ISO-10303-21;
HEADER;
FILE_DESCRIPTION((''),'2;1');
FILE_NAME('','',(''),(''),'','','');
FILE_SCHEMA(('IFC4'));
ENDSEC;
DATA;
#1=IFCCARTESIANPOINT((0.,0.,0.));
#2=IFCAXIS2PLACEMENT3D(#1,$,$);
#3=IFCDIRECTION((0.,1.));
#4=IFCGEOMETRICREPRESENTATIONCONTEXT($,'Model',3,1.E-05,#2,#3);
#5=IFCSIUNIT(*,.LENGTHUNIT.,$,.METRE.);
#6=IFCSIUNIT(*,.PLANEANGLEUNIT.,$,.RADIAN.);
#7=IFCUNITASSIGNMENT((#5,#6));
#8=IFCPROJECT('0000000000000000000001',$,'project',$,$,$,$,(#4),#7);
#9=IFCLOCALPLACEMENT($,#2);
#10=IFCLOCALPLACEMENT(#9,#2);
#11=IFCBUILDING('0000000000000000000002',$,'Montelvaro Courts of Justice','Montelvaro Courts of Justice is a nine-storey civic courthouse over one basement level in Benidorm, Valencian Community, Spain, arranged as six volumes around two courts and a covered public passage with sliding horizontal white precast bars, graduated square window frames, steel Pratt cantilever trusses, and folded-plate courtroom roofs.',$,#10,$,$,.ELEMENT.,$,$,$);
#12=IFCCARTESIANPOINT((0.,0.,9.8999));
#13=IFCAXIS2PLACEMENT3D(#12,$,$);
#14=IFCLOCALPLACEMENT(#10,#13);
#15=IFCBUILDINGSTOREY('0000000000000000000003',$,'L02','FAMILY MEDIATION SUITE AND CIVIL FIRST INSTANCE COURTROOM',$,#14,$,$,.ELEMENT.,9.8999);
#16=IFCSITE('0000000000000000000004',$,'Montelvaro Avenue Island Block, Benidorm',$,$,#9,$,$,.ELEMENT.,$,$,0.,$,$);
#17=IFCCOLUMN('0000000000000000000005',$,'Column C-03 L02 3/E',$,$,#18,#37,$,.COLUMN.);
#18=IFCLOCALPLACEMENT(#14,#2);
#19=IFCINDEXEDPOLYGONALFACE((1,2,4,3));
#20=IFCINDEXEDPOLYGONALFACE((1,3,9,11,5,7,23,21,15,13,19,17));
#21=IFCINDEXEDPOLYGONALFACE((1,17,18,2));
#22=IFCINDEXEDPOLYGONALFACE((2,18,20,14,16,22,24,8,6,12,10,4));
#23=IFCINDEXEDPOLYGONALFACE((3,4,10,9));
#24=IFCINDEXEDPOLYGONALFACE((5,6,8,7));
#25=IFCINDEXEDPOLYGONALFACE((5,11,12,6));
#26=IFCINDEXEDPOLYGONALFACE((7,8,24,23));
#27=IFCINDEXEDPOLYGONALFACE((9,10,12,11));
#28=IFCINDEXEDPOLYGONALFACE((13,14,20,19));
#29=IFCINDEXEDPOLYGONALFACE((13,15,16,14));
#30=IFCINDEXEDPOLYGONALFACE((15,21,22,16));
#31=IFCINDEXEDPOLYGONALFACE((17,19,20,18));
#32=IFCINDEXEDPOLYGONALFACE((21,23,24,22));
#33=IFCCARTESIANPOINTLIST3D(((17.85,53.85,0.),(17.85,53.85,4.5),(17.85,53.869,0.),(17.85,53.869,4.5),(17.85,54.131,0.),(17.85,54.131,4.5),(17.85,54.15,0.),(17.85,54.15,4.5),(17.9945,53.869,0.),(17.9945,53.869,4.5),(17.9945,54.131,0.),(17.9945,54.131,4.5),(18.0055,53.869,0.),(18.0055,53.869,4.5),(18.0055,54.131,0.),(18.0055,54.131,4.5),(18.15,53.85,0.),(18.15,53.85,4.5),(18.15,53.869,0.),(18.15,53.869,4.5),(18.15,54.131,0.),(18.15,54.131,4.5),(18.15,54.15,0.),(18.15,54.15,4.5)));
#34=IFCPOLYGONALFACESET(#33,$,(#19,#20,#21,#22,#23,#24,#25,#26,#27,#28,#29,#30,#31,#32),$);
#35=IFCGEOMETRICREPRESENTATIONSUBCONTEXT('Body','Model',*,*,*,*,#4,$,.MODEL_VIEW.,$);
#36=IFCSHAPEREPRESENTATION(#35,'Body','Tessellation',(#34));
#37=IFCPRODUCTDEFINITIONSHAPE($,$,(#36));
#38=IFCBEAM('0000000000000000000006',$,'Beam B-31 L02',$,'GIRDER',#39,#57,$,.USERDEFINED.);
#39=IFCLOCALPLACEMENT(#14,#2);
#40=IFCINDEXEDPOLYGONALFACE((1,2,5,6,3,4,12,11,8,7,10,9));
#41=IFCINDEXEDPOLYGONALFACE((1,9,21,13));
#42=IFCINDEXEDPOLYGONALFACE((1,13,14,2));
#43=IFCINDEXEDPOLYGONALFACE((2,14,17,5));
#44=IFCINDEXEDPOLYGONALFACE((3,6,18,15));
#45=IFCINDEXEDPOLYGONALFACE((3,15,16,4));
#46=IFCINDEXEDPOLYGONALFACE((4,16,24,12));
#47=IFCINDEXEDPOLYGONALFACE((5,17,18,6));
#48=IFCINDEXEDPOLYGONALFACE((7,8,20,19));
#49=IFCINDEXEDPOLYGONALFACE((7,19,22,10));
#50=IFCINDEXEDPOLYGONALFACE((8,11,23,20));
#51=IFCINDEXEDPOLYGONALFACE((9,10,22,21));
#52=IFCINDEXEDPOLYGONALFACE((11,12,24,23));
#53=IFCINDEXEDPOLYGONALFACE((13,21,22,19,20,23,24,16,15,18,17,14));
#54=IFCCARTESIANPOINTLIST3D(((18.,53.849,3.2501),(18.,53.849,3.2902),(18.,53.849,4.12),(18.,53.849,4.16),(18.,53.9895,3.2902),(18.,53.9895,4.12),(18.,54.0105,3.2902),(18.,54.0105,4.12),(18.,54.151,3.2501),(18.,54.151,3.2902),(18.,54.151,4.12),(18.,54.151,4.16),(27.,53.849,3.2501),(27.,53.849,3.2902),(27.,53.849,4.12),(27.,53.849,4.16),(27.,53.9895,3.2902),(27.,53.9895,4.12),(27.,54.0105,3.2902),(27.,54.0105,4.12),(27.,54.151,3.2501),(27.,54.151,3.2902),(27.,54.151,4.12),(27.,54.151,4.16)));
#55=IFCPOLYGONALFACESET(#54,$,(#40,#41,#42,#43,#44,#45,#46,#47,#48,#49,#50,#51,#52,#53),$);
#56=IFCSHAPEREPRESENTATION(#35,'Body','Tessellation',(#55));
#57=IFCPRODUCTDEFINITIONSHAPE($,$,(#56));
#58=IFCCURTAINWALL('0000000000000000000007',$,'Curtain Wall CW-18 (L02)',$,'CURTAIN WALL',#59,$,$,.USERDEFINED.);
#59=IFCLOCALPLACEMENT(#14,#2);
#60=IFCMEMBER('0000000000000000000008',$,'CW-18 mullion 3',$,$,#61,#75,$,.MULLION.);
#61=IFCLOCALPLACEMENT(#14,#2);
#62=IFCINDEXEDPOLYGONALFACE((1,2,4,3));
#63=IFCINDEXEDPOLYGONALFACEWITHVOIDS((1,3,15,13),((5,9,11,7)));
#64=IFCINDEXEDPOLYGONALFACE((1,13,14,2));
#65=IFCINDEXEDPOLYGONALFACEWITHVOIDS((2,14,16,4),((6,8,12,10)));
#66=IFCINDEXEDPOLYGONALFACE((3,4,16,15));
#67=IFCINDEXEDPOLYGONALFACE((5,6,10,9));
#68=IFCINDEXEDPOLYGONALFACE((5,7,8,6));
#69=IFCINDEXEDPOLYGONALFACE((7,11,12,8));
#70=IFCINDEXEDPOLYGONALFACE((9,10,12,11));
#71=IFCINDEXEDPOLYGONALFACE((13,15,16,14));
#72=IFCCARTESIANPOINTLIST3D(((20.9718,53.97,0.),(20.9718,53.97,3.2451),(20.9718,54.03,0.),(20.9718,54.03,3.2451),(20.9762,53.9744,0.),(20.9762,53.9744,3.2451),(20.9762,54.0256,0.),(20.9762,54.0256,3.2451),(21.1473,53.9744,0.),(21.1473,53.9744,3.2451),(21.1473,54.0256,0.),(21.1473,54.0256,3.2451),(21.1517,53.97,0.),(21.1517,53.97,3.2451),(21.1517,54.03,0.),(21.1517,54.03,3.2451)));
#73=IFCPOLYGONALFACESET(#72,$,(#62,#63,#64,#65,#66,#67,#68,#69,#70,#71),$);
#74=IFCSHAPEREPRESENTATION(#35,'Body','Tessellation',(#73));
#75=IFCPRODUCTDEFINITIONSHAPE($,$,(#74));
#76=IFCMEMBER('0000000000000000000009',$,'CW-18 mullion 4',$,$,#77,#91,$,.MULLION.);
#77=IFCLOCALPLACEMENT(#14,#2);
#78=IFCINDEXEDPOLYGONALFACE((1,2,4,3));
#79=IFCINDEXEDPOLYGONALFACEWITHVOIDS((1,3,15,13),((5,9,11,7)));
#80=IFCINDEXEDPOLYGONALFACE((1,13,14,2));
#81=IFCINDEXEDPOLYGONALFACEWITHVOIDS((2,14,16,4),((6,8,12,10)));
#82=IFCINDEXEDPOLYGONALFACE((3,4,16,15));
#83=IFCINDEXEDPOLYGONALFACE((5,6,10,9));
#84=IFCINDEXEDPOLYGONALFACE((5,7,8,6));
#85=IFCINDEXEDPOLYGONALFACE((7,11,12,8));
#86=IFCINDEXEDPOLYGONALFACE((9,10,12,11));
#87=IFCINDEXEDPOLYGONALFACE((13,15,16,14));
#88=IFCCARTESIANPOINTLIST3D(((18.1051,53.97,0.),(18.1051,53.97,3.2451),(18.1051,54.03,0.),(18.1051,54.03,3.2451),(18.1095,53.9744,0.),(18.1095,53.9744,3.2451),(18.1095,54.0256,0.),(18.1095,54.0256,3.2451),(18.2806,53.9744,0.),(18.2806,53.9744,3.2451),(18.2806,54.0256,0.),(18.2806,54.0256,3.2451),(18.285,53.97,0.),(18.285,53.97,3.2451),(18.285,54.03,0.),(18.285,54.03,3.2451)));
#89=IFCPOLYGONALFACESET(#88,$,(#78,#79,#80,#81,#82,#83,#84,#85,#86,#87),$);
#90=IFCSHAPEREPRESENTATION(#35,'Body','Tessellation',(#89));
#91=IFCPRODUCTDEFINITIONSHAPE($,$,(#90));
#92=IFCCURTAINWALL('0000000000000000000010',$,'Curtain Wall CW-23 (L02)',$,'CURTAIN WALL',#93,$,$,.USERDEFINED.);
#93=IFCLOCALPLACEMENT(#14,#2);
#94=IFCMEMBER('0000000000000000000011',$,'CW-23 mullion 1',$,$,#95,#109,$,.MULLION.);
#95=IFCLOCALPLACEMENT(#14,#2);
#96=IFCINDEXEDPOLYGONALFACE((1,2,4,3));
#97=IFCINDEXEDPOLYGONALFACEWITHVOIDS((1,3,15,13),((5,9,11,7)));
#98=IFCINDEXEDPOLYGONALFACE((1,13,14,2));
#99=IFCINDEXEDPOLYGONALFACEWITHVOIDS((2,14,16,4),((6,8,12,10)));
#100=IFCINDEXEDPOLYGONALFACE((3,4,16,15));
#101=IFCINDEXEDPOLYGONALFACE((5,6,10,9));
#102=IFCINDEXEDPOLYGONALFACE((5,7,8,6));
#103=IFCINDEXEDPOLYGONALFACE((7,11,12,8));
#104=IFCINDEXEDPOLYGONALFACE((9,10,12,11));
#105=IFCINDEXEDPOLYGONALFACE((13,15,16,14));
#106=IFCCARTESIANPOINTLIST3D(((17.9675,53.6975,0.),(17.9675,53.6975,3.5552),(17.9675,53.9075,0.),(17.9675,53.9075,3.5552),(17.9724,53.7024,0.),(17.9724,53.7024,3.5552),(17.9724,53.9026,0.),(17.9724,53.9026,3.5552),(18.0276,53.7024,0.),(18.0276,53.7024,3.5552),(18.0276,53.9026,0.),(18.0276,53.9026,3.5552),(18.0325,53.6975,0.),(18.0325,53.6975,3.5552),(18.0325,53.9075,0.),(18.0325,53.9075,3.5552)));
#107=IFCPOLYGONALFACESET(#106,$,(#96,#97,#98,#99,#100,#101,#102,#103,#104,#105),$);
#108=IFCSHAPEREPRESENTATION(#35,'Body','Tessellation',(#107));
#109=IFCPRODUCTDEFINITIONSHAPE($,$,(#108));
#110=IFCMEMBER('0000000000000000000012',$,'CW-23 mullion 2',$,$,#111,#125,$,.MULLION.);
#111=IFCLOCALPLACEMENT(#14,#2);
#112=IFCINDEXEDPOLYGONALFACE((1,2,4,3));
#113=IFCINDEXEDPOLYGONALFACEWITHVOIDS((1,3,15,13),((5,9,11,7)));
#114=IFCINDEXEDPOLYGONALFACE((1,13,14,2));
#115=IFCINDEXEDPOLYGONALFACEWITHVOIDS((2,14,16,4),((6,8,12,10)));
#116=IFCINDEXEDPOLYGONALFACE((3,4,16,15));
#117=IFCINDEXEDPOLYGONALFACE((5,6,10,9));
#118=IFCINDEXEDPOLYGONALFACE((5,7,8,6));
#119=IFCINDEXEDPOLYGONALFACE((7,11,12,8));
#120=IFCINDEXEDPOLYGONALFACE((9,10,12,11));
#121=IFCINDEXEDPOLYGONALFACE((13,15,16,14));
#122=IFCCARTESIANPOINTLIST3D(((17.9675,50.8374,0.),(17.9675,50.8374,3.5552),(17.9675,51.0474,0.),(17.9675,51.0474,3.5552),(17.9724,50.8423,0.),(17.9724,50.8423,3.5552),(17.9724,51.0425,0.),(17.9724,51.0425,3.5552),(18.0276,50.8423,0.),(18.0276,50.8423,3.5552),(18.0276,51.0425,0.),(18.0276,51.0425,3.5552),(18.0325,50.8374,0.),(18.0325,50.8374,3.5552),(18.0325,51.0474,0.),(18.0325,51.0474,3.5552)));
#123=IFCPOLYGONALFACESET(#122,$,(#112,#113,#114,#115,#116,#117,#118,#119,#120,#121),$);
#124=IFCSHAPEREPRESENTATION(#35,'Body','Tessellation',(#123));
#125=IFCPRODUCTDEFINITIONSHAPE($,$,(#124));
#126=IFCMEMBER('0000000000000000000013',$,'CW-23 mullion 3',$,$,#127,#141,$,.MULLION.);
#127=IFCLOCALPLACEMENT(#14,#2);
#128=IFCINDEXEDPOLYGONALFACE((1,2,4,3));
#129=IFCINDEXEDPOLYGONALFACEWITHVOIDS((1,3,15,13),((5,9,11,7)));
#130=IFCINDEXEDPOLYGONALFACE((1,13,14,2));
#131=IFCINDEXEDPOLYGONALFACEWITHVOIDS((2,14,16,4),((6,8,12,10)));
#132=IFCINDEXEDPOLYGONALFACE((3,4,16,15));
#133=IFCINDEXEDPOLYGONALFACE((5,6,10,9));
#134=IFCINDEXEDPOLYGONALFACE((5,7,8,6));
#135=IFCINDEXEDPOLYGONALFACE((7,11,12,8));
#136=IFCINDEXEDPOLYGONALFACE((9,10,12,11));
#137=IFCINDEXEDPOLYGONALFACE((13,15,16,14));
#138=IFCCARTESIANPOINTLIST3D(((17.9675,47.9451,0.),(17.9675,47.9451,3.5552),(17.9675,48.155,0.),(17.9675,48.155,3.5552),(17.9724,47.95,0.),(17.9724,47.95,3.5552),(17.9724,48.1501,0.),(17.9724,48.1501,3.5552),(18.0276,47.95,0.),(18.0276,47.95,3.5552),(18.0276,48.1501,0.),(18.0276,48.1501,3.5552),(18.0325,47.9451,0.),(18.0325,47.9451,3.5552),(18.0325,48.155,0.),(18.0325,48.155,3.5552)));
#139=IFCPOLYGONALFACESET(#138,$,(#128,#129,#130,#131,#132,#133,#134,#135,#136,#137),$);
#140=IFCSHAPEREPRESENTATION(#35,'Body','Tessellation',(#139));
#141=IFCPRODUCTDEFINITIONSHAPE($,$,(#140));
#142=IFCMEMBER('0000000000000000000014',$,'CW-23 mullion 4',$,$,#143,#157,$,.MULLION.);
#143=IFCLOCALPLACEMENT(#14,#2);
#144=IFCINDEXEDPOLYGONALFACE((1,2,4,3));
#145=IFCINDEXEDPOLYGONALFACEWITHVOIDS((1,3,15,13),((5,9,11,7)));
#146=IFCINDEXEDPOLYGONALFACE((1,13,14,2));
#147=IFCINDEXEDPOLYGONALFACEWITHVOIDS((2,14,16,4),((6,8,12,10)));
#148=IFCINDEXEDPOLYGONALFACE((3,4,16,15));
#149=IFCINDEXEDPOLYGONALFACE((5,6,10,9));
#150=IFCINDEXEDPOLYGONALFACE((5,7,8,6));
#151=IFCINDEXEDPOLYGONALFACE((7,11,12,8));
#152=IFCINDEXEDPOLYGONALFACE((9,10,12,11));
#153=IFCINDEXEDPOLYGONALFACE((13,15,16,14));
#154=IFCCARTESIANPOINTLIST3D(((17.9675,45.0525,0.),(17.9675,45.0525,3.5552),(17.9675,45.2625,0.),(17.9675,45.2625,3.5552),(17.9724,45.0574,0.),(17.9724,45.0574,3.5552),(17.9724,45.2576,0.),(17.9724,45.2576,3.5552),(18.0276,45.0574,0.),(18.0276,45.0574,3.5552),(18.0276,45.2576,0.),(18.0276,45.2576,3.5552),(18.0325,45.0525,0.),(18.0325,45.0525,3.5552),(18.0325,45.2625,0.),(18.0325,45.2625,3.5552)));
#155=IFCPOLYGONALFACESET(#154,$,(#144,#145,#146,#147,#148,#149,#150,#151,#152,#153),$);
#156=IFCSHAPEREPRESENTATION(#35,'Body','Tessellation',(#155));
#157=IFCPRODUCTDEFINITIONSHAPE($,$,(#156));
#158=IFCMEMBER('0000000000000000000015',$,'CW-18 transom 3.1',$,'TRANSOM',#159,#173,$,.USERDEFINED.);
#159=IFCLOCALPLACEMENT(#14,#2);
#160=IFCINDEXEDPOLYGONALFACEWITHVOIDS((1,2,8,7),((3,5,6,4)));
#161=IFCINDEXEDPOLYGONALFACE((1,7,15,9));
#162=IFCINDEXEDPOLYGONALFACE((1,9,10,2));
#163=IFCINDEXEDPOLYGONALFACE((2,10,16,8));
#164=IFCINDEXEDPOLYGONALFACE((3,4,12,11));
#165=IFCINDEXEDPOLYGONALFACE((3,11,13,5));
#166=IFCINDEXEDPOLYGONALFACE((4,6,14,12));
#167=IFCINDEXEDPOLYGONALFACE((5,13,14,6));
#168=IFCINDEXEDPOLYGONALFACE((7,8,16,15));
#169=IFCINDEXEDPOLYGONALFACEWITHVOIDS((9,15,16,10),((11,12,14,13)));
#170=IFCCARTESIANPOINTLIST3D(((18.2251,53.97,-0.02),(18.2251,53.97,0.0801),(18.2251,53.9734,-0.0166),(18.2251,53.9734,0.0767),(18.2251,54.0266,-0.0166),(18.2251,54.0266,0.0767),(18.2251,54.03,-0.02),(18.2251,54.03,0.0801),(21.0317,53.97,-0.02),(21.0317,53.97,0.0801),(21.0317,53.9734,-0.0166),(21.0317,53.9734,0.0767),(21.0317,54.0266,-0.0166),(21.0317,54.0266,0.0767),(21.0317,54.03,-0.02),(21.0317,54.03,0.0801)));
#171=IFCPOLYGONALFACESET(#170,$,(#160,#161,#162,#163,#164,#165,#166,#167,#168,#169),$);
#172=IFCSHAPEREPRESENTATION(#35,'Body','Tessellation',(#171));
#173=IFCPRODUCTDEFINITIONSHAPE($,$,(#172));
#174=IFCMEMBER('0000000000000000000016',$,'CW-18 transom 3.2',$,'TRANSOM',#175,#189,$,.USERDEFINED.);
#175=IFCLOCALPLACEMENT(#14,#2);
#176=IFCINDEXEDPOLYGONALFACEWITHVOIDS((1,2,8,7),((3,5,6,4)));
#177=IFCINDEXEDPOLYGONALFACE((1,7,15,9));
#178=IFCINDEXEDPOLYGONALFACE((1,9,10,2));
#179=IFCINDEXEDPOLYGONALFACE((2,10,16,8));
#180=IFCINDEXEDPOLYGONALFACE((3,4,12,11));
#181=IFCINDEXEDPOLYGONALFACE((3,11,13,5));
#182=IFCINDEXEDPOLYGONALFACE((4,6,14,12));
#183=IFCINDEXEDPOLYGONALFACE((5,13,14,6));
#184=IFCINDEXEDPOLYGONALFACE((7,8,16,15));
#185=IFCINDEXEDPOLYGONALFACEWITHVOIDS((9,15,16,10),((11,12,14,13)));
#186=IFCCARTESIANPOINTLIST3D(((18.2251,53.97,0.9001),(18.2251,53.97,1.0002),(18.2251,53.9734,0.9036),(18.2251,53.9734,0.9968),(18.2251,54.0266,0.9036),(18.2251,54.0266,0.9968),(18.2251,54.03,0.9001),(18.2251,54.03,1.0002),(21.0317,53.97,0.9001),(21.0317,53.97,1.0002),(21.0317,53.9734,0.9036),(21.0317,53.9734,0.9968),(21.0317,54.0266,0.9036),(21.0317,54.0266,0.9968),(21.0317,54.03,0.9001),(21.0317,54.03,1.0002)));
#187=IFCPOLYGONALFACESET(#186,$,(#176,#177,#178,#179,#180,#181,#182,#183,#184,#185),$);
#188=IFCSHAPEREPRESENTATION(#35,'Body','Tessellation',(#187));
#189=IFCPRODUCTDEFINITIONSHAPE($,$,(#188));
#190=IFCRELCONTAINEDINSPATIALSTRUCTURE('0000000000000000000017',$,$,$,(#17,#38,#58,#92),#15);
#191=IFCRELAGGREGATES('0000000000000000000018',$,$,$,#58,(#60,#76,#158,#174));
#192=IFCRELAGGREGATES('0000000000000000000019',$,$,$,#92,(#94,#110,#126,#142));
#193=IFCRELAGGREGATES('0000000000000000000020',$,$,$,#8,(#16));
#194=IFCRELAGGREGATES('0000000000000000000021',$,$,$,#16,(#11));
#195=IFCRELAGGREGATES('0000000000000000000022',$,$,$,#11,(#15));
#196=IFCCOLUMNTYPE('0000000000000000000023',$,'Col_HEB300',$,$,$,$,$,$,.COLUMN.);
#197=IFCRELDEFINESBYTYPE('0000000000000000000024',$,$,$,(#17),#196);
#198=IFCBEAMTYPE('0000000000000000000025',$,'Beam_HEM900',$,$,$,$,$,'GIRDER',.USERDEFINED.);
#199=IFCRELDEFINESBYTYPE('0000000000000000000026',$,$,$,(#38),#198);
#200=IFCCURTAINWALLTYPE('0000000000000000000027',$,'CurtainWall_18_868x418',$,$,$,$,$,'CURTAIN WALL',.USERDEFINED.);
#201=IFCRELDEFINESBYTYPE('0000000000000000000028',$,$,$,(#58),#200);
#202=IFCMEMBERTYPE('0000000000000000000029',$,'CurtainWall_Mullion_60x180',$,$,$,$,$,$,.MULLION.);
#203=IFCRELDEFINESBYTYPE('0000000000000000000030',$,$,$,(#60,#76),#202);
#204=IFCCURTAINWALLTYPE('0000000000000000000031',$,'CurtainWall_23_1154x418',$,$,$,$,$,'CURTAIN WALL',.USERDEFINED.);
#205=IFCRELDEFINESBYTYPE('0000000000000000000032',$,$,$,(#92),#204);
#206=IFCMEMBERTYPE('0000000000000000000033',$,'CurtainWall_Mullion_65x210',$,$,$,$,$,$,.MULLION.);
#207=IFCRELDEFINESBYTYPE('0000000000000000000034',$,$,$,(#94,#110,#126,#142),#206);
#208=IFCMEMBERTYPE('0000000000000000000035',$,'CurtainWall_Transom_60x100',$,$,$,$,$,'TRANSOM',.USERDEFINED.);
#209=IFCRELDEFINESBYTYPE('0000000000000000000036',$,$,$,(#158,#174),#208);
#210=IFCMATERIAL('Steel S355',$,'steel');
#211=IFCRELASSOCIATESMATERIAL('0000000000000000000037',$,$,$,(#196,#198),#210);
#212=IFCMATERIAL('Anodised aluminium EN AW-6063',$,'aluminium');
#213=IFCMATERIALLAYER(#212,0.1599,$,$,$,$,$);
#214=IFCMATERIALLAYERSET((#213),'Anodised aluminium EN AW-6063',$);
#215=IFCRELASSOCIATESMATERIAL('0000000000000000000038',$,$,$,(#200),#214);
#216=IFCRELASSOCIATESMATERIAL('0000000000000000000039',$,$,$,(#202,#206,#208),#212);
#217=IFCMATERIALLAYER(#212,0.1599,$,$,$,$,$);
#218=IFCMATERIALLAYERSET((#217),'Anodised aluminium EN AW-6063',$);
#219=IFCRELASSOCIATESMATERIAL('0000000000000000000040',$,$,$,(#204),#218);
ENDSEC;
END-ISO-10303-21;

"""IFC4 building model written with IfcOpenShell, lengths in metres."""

from ifc_helpers import new_model, si_unit, direction, frame, origin, origin_2d, place, context, subcontext, project, spatial, hollow_rectangle, i_section, extrude, material, layer, layer_set, material_profile, profile_set, type_object, element, aggregate, save


model = new_model("IFC4")

# Units and contexts
model_context = context("Model", 3, precision=1e-05, world=origin(), true_north=direction((0.0, 1.0)))
body_context = subcontext(model_context, "Body", "Model", "MODEL_VIEW")
ifc_project = project(units=[si_unit("LENGTHUNIT", "METRE"), si_unit("PLANEANGLEUNIT", "RADIAN")], contexts=[model_context])

# Site, building, storey
site_placement = place(None, origin())
site = spatial("IfcSite", under=ifc_project, at=site_placement, Name="Montelvaro Avenue Island Block, Benidorm", CompositionType="ELEMENT", RefElevation=0.0)
building_placement = place(site_placement, origin())
building = spatial("IfcBuilding", under=site, at=building_placement, Name="Montelvaro Courts of Justice", Description="Montelvaro Courts of Justice is a nine-storey civic courthouse over one basement level in Benidorm, Valencian Community, Spain, arranged as six volumes around two courts and a covered public passage with sliding horizontal white precast bars, graduated square window frames, steel Pratt cantilever trusses, and folded-plate courtroom roofs.", CompositionType="ELEMENT")
storey_placement = place(building_placement, frame((0.0, 0.0, 9.8999)))
storey = spatial("IfcBuildingStorey", under=building, at=storey_placement, Name="L02", Description="FAMILY MEDIATION SUITE AND CIVIL FIRST INSTANCE COURTROOM", CompositionType="ELEMENT", Elevation=9.8999)

# Column
ifc_material_1 = material(Name="Steel S355", Category="steel")
ifc_material_profile_1 = material_profile(ifc_material_1, i_section(OverallWidth=0.3, OverallDepth=0.3, WebThickness=0.011, FlangeThickness=0.019, at=origin_2d()), Name="HEB 300")
ifc_profile_set_1 = profile_set([ifc_material_profile_1], Name="Steel S355")
column_type = type_object("IfcColumnType", Name="Col_HEB300", PredefinedType="COLUMN", material=ifc_profile_set_1)
column_placement = place(storey_placement, frame((18.0, 54.0, 0.0), z_axis=(0.0, 0.0, 1.0), x_axis=(1.0, 0.0, 0.0)))
element("IfcColumn", 1, at=column_placement, inside=storey, type_object=column_type, Name="Column C-03 L02 3/E", PredefinedType="COLUMN", context=body_context, shape_type="SweptSolid", body=[
    extrude(i_section(OverallWidth=0.3, OverallDepth=0.3, WebThickness=0.011, FlangeThickness=0.019, at=origin_2d()), origin(), (0.0, 0.0, 1.0), 4.5),
])

# Beam
ifc_material_profile_2 = material_profile(ifc_material_1, i_section(OverallWidth=0.302, OverallDepth=0.9099, WebThickness=0.021, FlangeThickness=0.04, at=origin_2d()), Name="HEM 900")
ifc_profile_set_2 = profile_set([ifc_material_profile_2], Name="Steel S355")
beam_type = type_object("IfcBeamType", Name="Beam_HEM900", ElementType="GIRDER", PredefinedType="USERDEFINED", material=ifc_profile_set_2)
beam_placement = place(storey_placement, frame((18.0, 54.0, 3.7051), z_axis=(1.0, 0.0, 0.0), x_axis=(0.0, 1.0, 0.0)))
element("IfcBeam", 2, at=beam_placement, inside=storey, type_object=beam_type, Name="Beam B-31 L02", ObjectType="GIRDER", PredefinedType="USERDEFINED", context=body_context, shape_type="SweptSolid", body=[
    extrude(i_section(OverallWidth=0.302, OverallDepth=0.9099, WebThickness=0.021, FlangeThickness=0.04, at=origin_2d()), origin(), (0.0, 0.0, 1.0), 9.0),
])

# Curtain walls, members
ifc_material_2 = material(Name="Anodised aluminium EN AW-6063", Category="aluminium")
ifc_layer_1 = layer(ifc_material_2, 0.1599)
ifc_layer_set_1 = layer_set([ifc_layer_1], Name="Anodised aluminium EN AW-6063")
curtain_wall_type_1 = type_object("IfcCurtainWallType", Name="CurtainWall_18_868x418", ElementType="CURTAIN WALL", PredefinedType="USERDEFINED", material=ifc_layer_set_1)
curtain_wall_1_placement = place(storey_placement, origin())
curtain_wall_1 = element("IfcCurtainWall", 3, at=curtain_wall_1_placement, inside=storey, type_object=curtain_wall_type_1, Name="Curtain Wall CW-18 (L02)", ObjectType="CURTAIN WALL", PredefinedType="USERDEFINED")
ifc_material_profile_3 = material_profile(ifc_material_2, hollow_rectangle(XDim=0.0601, YDim=0.1799, WallThickness=0.0044, at=origin_2d()), Name="ALU-M 60x180")
ifc_profile_set_3 = profile_set([ifc_material_profile_3], Name="Anodised aluminium EN AW-6063")
member_type_1 = type_object("IfcMemberType", Name="CurtainWall_Mullion_60x180", PredefinedType="MULLION", material=ifc_profile_set_3)
member_1_placement = place(storey_placement, frame((21.0618, 54.0, 0.0), z_axis=(0.0, 0.0, 1.0), x_axis=(0.0, -1.0, 0.0)))
member_1 = element("IfcMember", 4, at=member_1_placement, type_object=member_type_1, Name="CW-18 mullion 3", PredefinedType="MULLION", context=body_context, shape_type="SweptSolid", body=[
    extrude(hollow_rectangle(XDim=0.0601, YDim=0.1799, WallThickness=0.0044, at=origin_2d()), origin(), (0.0, 0.0, 1.0), 3.2451),
])
member_2_placement = place(storey_placement, frame((18.1951, 54.0, 0.0), z_axis=(0.0, 0.0, 1.0), x_axis=(0.0, -1.0, 0.0)))
member_2 = element("IfcMember", 5, at=member_2_placement, type_object=member_type_1, Name="CW-18 mullion 4", PredefinedType="MULLION", context=body_context, shape_type="SweptSolid", body=[
    extrude(hollow_rectangle(XDim=0.0601, YDim=0.1799, WallThickness=0.0044, at=origin_2d()), origin(), (0.0, 0.0, 1.0), 3.2451),
])
ifc_layer_2 = layer(ifc_material_2, 0.1599)
ifc_layer_set_2 = layer_set([ifc_layer_2], Name="Anodised aluminium EN AW-6063")
curtain_wall_type_2 = type_object("IfcCurtainWallType", Name="CurtainWall_23_1154x418", ElementType="CURTAIN WALL", PredefinedType="USERDEFINED", material=ifc_layer_set_2)
curtain_wall_2_placement = place(storey_placement, origin())
curtain_wall_2 = element("IfcCurtainWall", 6, at=curtain_wall_2_placement, inside=storey, type_object=curtain_wall_type_2, Name="Curtain Wall CW-23 (L02)", ObjectType="CURTAIN WALL", PredefinedType="USERDEFINED")
ifc_material_profile_4 = material_profile(ifc_material_2, hollow_rectangle(XDim=0.0649, YDim=0.21, WallThickness=0.0049, at=origin_2d()), Name="ALU-M 65x210")
ifc_profile_set_4 = profile_set([ifc_material_profile_4], Name="Anodised aluminium EN AW-6063")
member_type_2 = type_object("IfcMemberType", Name="CurtainWall_Mullion_65x210", PredefinedType="MULLION", material=ifc_profile_set_4)
member_3_placement = place(storey_placement, frame((18.0, 53.8025, 0.0), z_axis=(0.0, 0.0, 1.0), x_axis=(1.0, 0.0, 0.0)))
member_3 = element("IfcMember", 7, at=member_3_placement, type_object=member_type_2, Name="CW-23 mullion 1", PredefinedType="MULLION", context=body_context, shape_type="SweptSolid", body=[
    extrude(hollow_rectangle(XDim=0.0649, YDim=0.21, WallThickness=0.0049, at=origin_2d()), origin(), (0.0, 0.0, 1.0), 3.5552),
])
member_4_placement = place(storey_placement, frame((18.0, 50.9424, 0.0), z_axis=(0.0, 0.0, 1.0), x_axis=(1.0, 0.0, 0.0)))
member_4 = element("IfcMember", 8, at=member_4_placement, type_object=member_type_2, Name="CW-23 mullion 2", PredefinedType="MULLION", context=body_context, shape_type="SweptSolid", body=[
    extrude(hollow_rectangle(XDim=0.0649, YDim=0.21, WallThickness=0.0049, at=origin_2d()), origin(), (0.0, 0.0, 1.0), 3.5552),
])
member_5_placement = place(storey_placement, frame((18.0, 48.05, 0.0), z_axis=(0.0, 0.0, 1.0), x_axis=(1.0, 0.0, 0.0)))
member_5 = element("IfcMember", 9, at=member_5_placement, type_object=member_type_2, Name="CW-23 mullion 3", PredefinedType="MULLION", context=body_context, shape_type="SweptSolid", body=[
    extrude(hollow_rectangle(XDim=0.0649, YDim=0.21, WallThickness=0.0049, at=origin_2d()), origin(), (0.0, 0.0, 1.0), 3.5552),
])
member_6_placement = place(storey_placement, frame((18.0, 45.1575, 0.0), z_axis=(0.0, 0.0, 1.0), x_axis=(1.0, 0.0, 0.0)))
member_6 = element("IfcMember", 10, at=member_6_placement, type_object=member_type_2, Name="CW-23 mullion 4", PredefinedType="MULLION", context=body_context, shape_type="SweptSolid", body=[
    extrude(hollow_rectangle(XDim=0.0649, YDim=0.21, WallThickness=0.0049, at=origin_2d()), origin(), (0.0, 0.0, 1.0), 3.5552),
])

# Members
ifc_material_profile_5 = material_profile(ifc_material_2, hollow_rectangle(XDim=0.0601, YDim=0.1001, WallThickness=0.0034, at=origin_2d()), Name="ALU-T 60x100")
ifc_profile_set_5 = profile_set([ifc_material_profile_5], Name="Anodised aluminium EN AW-6063")
member_type_3 = type_object("IfcMemberType", Name="CurtainWall_Transom_60x100", ElementType="TRANSOM", PredefinedType="USERDEFINED", material=ifc_profile_set_5)
member_7_placement = place(storey_placement, frame((21.0317, 54.0, 0.03), z_axis=(-1.0, 0.0, 0.0), x_axis=(0.0, -1.0, 0.0)))
member_7 = element("IfcMember", 11, at=member_7_placement, type_object=member_type_3, Name="CW-18 transom 3.1", ObjectType="TRANSOM", PredefinedType="USERDEFINED", context=body_context, shape_type="SweptSolid", body=[
    extrude(hollow_rectangle(XDim=0.0601, YDim=0.1001, WallThickness=0.0034, at=origin_2d()), origin(), (0.0, 0.0, 1.0), 2.8066),
])
member_8_placement = place(storey_placement, frame((21.0317, 54.0, 0.9502), z_axis=(-1.0, 0.0, 0.0), x_axis=(0.0, -1.0, 0.0)))
member_8 = element("IfcMember", 12, at=member_8_placement, type_object=member_type_3, Name="CW-18 transom 3.2", ObjectType="TRANSOM", PredefinedType="USERDEFINED", context=body_context, shape_type="SweptSolid", body=[
    extrude(hollow_rectangle(XDim=0.0601, YDim=0.1001, WallThickness=0.0034, at=origin_2d()), origin(), (0.0, 0.0, 1.0), 2.8066),
])

aggregate(curtain_wall_1, [member_1, member_2, member_7, member_8])
aggregate(curtain_wall_2, [member_3, member_4, member_5, member_6])

save(model, "model.ifc")
